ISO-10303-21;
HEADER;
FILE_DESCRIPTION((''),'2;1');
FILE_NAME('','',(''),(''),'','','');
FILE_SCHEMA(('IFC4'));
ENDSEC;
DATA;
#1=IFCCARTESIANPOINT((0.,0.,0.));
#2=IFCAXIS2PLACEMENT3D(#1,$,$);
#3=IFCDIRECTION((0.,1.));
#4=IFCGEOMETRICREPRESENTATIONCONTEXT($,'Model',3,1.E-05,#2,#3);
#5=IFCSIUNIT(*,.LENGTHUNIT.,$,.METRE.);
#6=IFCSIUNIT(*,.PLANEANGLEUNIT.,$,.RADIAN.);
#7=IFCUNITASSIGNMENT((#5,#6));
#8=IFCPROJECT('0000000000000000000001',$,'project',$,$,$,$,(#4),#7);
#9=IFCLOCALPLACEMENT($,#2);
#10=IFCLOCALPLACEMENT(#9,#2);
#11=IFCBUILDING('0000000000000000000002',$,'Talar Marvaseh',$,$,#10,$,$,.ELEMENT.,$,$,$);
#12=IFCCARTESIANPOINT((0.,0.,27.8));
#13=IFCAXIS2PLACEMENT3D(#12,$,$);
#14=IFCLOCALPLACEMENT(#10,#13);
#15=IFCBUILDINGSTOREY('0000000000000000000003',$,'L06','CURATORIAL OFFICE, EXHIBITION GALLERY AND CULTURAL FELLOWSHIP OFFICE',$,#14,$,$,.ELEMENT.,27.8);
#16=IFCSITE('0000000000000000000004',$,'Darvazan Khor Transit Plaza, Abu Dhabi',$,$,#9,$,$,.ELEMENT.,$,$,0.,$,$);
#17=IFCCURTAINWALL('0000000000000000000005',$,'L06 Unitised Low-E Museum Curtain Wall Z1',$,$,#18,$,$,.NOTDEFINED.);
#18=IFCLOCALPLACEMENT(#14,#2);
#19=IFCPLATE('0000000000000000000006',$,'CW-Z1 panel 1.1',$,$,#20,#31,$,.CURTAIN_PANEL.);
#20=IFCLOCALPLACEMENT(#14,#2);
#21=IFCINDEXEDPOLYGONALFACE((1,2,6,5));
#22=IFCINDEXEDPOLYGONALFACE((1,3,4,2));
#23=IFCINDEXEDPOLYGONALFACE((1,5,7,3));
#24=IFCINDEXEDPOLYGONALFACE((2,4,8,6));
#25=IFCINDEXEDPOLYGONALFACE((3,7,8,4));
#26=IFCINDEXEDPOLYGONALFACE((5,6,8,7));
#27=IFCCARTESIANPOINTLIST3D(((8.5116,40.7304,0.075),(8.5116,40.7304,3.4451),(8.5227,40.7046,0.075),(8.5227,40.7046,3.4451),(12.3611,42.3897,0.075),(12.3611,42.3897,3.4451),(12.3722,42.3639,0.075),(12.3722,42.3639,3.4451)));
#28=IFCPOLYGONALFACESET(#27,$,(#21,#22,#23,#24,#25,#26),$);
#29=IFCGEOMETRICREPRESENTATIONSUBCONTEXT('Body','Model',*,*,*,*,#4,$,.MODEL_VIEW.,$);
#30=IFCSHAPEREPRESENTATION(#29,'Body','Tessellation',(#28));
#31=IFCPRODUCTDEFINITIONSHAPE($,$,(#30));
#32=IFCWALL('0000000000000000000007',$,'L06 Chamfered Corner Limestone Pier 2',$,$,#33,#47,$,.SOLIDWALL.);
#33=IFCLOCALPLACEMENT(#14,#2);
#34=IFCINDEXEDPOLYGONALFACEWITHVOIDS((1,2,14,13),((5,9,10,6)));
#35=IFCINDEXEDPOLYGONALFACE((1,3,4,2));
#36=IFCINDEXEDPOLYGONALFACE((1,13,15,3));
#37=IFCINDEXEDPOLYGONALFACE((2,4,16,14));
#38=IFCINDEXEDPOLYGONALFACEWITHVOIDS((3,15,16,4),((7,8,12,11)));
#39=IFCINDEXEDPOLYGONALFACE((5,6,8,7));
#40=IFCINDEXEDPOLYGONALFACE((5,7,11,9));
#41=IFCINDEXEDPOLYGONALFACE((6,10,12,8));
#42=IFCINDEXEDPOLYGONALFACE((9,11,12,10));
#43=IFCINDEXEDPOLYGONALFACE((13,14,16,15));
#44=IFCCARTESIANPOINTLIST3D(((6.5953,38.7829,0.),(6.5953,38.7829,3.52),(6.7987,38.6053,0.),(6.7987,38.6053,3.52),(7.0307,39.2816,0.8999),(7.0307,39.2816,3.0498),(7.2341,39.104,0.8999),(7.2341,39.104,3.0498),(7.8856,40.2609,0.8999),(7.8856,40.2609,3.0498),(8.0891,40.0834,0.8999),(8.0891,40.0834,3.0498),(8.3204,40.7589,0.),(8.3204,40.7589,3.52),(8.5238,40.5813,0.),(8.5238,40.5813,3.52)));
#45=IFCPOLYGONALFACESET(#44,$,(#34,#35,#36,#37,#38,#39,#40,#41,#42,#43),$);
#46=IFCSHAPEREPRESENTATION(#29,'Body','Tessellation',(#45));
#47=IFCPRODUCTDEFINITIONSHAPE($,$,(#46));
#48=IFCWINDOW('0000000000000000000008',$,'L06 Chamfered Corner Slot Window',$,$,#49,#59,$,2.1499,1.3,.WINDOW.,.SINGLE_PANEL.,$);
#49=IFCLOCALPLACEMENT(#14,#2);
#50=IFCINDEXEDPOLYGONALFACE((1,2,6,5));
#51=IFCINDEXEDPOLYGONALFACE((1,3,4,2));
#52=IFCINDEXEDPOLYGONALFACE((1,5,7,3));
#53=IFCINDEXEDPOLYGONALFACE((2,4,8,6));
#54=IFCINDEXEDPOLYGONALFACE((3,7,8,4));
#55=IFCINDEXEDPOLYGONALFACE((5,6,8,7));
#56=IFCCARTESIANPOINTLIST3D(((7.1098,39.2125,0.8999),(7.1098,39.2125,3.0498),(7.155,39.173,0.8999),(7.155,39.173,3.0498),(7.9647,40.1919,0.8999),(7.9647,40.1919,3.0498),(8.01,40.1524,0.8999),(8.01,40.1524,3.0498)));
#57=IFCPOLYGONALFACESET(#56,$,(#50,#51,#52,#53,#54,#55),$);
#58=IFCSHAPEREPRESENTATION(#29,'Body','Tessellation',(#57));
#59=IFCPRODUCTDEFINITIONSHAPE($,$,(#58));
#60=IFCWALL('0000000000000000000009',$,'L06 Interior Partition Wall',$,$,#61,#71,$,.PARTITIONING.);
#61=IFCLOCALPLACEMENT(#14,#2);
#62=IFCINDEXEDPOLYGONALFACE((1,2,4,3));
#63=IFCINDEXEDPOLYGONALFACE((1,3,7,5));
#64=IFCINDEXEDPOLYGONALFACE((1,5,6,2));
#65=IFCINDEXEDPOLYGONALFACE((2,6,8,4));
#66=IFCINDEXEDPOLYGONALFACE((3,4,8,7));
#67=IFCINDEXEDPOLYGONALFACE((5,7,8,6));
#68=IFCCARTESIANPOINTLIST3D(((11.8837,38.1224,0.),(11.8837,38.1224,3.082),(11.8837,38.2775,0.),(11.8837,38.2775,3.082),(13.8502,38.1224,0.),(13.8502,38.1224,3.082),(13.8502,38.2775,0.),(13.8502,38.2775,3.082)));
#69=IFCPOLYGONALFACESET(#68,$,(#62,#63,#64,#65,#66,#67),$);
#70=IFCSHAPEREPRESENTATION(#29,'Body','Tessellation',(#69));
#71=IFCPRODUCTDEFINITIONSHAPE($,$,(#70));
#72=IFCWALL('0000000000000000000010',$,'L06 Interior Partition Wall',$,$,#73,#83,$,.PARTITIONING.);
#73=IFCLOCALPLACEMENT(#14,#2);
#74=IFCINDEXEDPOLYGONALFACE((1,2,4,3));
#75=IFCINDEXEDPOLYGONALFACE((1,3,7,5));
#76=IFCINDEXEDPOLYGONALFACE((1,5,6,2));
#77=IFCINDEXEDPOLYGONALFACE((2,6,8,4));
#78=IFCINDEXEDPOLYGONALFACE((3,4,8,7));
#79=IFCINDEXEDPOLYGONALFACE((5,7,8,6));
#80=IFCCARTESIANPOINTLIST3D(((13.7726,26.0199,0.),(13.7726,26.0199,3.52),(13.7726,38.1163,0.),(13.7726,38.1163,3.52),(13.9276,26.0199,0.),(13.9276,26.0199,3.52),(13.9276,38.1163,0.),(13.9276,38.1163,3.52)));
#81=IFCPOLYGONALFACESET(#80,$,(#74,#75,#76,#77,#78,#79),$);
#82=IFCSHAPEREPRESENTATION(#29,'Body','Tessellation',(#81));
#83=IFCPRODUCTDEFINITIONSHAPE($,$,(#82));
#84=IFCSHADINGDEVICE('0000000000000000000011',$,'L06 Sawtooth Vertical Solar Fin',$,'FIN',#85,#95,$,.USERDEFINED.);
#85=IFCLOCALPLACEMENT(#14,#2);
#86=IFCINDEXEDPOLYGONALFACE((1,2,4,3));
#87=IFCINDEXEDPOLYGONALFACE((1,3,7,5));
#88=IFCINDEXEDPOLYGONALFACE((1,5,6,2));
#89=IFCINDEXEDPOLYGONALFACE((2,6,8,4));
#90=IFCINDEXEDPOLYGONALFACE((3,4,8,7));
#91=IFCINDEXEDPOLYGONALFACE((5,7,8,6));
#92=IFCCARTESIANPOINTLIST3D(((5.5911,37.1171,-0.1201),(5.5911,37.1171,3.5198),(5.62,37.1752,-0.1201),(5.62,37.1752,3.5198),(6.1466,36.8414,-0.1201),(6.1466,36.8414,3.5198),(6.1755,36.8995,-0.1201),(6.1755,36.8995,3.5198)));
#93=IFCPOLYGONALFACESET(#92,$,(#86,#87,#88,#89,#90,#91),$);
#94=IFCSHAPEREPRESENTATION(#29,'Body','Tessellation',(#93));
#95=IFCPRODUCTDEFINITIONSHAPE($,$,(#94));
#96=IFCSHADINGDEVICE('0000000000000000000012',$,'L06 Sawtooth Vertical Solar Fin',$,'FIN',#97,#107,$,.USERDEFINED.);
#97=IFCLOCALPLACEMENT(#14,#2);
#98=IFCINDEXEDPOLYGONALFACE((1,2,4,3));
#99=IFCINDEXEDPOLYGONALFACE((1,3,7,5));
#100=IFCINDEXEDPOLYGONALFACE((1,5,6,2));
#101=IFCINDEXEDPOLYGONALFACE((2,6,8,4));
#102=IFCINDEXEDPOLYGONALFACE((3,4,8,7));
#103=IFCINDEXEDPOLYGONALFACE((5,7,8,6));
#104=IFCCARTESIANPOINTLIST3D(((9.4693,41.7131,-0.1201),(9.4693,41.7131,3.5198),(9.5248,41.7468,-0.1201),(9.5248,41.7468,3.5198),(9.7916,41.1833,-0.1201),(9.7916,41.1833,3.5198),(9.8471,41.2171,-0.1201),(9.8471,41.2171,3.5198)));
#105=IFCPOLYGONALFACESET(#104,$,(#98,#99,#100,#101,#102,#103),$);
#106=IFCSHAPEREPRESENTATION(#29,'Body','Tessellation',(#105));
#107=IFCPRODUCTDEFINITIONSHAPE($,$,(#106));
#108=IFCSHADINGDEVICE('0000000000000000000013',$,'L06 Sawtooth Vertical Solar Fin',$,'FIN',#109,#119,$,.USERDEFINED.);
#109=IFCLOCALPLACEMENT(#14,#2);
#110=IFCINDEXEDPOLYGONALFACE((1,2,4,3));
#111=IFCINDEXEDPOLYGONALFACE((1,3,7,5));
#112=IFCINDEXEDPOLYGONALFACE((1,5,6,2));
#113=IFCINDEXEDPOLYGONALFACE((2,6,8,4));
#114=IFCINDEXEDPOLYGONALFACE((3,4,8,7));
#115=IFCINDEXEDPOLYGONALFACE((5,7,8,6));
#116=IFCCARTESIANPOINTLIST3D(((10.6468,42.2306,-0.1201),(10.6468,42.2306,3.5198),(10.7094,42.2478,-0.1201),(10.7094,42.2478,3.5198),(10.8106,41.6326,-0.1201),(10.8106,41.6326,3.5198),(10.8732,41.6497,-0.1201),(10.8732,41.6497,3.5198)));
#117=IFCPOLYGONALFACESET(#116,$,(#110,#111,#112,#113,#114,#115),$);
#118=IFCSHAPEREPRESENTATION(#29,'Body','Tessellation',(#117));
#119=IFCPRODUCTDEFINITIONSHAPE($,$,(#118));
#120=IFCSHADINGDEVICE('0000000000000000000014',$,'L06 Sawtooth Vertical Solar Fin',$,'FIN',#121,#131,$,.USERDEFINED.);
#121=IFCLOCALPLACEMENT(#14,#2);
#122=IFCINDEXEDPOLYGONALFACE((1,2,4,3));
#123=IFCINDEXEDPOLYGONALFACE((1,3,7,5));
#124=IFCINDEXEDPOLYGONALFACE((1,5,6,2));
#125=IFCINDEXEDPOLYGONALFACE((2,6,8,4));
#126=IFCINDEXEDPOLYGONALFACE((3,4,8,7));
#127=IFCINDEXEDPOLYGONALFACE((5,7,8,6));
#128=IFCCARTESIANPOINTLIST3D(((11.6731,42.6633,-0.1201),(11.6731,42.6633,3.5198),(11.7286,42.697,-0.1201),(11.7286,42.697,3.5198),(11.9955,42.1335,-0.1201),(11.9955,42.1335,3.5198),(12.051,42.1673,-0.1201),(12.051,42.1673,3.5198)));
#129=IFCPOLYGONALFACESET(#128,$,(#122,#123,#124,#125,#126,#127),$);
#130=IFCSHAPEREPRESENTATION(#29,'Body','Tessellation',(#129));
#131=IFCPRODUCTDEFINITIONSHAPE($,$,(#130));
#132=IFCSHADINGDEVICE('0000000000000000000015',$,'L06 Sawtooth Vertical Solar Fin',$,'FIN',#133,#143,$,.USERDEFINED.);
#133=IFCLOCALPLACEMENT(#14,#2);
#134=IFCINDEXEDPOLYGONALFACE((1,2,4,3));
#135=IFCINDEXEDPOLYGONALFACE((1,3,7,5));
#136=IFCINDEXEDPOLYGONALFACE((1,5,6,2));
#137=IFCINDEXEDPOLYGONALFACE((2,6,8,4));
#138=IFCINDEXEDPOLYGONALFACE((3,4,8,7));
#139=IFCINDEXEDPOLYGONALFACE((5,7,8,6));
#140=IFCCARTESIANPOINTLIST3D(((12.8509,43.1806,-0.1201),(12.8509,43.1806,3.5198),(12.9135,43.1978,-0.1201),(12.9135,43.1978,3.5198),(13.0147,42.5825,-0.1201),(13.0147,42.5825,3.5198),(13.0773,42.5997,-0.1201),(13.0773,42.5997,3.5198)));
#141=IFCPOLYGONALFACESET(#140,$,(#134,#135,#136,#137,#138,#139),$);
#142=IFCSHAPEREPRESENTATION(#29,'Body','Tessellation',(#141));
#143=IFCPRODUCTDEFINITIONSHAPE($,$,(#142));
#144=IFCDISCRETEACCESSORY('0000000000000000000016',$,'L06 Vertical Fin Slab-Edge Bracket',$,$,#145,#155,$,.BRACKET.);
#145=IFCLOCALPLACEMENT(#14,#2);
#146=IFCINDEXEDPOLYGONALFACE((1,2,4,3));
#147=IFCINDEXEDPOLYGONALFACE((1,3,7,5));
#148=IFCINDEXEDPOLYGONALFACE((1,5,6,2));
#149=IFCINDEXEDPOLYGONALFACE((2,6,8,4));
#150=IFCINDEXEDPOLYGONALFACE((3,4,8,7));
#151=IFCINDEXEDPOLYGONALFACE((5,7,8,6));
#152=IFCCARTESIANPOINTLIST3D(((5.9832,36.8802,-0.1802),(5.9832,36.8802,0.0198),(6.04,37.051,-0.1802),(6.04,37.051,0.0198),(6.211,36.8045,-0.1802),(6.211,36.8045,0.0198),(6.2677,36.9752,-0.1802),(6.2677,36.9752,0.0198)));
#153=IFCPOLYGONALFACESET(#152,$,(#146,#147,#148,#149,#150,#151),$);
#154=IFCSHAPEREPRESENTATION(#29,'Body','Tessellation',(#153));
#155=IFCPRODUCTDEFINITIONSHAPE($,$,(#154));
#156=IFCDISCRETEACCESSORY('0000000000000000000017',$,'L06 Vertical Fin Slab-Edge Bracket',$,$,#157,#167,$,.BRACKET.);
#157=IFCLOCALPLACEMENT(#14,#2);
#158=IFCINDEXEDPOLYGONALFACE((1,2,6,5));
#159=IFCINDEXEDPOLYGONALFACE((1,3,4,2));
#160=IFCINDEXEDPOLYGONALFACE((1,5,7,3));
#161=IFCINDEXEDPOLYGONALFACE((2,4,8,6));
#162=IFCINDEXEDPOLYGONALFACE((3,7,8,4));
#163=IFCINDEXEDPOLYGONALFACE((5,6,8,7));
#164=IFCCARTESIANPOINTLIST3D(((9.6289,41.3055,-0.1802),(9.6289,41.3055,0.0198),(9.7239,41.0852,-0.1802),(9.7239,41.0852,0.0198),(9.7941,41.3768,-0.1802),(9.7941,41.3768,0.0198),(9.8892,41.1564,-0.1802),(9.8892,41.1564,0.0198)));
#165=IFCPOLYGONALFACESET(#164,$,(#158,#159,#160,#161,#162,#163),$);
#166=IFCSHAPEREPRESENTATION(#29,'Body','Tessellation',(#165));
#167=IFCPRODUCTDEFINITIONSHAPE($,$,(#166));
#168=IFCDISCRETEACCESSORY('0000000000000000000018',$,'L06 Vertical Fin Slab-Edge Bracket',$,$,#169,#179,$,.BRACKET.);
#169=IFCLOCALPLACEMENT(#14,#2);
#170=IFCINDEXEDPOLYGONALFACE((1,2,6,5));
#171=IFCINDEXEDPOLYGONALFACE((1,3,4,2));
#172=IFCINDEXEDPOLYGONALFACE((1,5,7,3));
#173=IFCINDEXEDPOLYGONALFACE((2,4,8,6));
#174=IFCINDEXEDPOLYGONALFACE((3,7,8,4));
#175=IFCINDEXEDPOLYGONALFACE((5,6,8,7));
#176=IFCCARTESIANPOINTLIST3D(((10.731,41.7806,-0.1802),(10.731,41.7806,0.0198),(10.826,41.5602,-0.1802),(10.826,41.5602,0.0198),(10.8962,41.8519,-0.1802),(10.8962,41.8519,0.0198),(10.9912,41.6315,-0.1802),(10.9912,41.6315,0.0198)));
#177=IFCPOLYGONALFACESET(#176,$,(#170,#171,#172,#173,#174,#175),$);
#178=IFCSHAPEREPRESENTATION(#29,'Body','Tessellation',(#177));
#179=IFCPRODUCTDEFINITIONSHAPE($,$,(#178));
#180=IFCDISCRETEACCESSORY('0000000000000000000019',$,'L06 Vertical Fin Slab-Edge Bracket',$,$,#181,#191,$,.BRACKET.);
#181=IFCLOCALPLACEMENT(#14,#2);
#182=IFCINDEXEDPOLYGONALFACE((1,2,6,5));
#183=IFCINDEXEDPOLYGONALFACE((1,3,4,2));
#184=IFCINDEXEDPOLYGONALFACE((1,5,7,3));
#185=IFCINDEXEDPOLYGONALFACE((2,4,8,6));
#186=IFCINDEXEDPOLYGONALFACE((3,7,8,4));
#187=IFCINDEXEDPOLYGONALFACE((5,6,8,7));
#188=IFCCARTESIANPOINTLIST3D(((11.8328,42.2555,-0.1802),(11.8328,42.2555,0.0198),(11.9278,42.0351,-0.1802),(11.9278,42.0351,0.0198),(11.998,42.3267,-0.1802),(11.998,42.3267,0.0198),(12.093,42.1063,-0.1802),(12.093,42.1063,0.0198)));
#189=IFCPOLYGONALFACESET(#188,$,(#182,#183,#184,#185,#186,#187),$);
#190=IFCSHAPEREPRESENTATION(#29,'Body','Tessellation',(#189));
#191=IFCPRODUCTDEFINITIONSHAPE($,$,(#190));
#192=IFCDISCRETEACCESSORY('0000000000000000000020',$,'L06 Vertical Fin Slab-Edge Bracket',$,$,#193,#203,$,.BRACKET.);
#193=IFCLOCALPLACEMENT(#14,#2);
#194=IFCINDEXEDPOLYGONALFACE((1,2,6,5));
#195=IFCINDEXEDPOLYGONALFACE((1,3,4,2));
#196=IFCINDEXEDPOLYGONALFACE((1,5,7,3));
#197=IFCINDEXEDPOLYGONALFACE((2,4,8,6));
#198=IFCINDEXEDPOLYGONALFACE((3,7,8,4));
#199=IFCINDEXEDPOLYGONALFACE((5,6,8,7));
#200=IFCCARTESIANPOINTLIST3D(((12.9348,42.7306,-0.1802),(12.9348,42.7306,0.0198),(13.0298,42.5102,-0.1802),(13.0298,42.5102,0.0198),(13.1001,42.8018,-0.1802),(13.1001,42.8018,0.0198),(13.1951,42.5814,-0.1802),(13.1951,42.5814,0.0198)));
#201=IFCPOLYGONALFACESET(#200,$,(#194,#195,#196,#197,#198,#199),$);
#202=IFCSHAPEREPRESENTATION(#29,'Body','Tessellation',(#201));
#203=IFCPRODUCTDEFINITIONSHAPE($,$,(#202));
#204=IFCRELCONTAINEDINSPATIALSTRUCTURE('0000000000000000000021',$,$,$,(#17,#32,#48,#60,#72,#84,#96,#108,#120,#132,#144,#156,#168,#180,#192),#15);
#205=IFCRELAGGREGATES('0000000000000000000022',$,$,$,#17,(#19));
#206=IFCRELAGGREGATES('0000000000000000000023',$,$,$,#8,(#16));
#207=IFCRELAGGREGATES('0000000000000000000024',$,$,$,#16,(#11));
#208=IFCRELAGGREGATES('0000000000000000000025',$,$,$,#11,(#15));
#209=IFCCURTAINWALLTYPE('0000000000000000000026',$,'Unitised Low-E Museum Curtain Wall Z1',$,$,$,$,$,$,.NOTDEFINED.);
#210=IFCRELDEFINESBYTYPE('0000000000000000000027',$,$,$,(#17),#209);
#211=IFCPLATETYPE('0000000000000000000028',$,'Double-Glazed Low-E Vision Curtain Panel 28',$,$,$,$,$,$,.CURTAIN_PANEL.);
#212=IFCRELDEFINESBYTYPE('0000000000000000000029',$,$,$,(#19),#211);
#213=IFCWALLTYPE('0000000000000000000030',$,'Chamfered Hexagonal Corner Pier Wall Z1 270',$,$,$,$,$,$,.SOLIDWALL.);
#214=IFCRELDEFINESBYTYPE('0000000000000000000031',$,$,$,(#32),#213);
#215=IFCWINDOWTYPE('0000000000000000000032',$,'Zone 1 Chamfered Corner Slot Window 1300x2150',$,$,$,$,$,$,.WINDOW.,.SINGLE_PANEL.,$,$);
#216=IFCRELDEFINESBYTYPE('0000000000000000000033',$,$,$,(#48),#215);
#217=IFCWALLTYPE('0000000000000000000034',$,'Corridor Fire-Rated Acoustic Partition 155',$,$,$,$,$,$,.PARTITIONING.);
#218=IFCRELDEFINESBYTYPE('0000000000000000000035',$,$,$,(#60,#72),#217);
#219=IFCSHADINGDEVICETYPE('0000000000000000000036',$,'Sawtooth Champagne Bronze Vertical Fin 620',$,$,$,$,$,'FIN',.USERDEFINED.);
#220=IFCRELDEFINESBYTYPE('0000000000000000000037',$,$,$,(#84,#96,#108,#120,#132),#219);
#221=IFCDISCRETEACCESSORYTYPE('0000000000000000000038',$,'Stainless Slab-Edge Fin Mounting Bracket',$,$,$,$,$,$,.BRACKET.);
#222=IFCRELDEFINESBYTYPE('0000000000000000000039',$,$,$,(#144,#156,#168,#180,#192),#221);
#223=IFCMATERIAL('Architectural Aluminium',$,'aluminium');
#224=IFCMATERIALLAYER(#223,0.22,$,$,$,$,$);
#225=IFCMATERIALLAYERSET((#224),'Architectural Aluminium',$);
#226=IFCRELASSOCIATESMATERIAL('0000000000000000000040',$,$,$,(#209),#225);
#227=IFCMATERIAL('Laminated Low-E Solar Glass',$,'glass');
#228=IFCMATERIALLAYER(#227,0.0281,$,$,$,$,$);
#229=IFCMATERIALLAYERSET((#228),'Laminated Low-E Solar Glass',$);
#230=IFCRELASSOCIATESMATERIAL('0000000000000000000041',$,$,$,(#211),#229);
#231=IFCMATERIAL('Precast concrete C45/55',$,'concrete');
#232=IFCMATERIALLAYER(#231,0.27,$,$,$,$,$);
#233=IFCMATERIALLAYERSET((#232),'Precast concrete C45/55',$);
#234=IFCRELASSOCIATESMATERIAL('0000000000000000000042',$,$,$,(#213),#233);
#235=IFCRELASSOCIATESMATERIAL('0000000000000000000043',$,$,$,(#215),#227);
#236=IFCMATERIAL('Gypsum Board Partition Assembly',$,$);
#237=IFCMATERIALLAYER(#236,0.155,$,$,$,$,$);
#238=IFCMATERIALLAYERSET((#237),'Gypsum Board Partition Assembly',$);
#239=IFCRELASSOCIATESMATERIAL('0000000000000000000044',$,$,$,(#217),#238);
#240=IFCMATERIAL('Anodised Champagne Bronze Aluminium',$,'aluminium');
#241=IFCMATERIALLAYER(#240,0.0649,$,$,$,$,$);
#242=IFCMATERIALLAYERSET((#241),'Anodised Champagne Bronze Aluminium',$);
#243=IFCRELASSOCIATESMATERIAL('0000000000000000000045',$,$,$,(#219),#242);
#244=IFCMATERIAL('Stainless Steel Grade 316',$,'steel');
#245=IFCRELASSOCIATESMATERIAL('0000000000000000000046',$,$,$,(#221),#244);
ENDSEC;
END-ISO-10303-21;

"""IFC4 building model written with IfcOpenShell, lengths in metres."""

from ifc_helpers import new_model, si_unit, direction, frame, frame_2d, origin, origin_2d, place, context, subcontext, project, spatial, rectangle, extrude, source, transform, mapped, material, layer, layer_set, type_object, type_shapes, element, fill, aggregate, save


model = new_model("IFC4")

# Units and contexts
model_context = context("Model", 3, precision=1e-05, world=origin(), true_north=direction((0.0, 1.0)))
body_context = subcontext(model_context, "Body", "Model", "MODEL_VIEW")
ifc_project = project(units=[si_unit("LENGTHUNIT", "METRE"), si_unit("PLANEANGLEUNIT", "RADIAN")], contexts=[model_context])

# Site, building, storey
site_placement = place(None, origin())
site = spatial("IfcSite", under=ifc_project, at=site_placement, Name="Darvazan Khor Transit Plaza, Abu Dhabi", CompositionType="ELEMENT", RefElevation=0.0)
building_placement = place(site_placement, origin())
building = spatial("IfcBuilding", under=site, at=building_placement, Name="Talar Marvaseh", CompositionType="ELEMENT")
storey_placement = place(building_placement, frame((0.0, 0.0, 27.8)))
storey = spatial("IfcBuildingStorey", under=building, at=storey_placement, Name="L06", Description="CURATORIAL OFFICE, EXHIBITION GALLERY AND CULTURAL FELLOWSHIP OFFICE", CompositionType="ELEMENT", Elevation=27.8)

# Shared definitions
ifc_material_1 = material(Name="Architectural Aluminium", Category="aluminium")
ifc_layer_1 = layer(ifc_material_1, 0.22)
ifc_layer_set_1 = layer_set([ifc_layer_1], Name="Architectural Aluminium")
curtain_wall_type = type_object("IfcCurtainWallType", Name="Unitised Low-E Museum Curtain Wall Z1", PredefinedType="NOTDEFINED", material=ifc_layer_set_1)

# Curtain wall, plate
curtain_wall_1_placement = place(storey_placement, origin())
curtain_wall_1 = element("IfcCurtainWall", 1, at=curtain_wall_1_placement, inside=storey, type_object=curtain_wall_type, Name="L06 Unitised Low-E Museum Curtain Wall Z1", PredefinedType="NOTDEFINED")
ifc_material_2 = material(Name="Laminated Low-E Solar Glass", Category="glass")
ifc_layer_2 = layer(ifc_material_2, 0.0281)
ifc_layer_set_2 = layer_set([ifc_layer_2], Name="Laminated Low-E Solar Glass")
plate_type = type_object("IfcPlateType", Name="Double-Glazed Low-E Vision Curtain Panel 28", PredefinedType="CURTAIN_PANEL", material=ifc_layer_set_2)
shared_shape_1 = source(origin(), body_context, "Body", "SweptSolid", [
    extrude(rectangle(XDim=4.1919, YDim=0.0281, at=origin_2d()), origin(), (0.0, 0.0, 1.0), 3.3701),
])
type_shapes(plate_type, [shared_shape_1])
plate_placement = place(storey_placement, frame((10.4419, 41.5471, 0.075), z_axis=(0.0, 0.0, 1.0), x_axis=(0.918323, 0.395831, 0.0)))
plate = element("IfcPlate", 2, at=plate_placement, type_object=plate_type, Name="CW-Z1 panel 1.1", PredefinedType="CURTAIN_PANEL", context=body_context, shape_type="MappedRepresentation", body=[
    mapped(shared_shape_1, transform((0.0, 0.0, 0.0), x_axis=(1.0, 0.0, 0.0), y_axis=(0.0, 1.0, 0.0), z_axis=(0.0, 0.0, 1.0), scale=1.0)),
])
aggregate(curtain_wall_1, [plate])

# Wall, opening, window
ifc_material_3 = material(Name="Precast concrete C45/55", Category="concrete")
ifc_layer_3 = layer(ifc_material_3, 0.27)
ifc_layer_set_3 = layer_set([ifc_layer_3], Name="Precast concrete C45/55")
wall_type_1 = type_object("IfcWallType", Name="Chamfered Hexagonal Corner Pier Wall Z1 270", PredefinedType="SOLIDWALL", material=ifc_layer_set_3)
wall_1_placement = place(storey_placement, frame((6.697, 38.6941, 0.0), z_axis=(0.0, 0.0, 1.0), x_axis=(0.657648, 0.753326, 0.0)))
wall_1 = element("IfcWall", 3, at=wall_1_placement, inside=storey, type_object=wall_type_1, Name="L06 Chamfered Corner Limestone Pier 2", PredefinedType="SOLIDWALL", context=body_context, shape_type="SweptSolid", body=[
    extrude(rectangle(XDim=2.623, YDim=0.27, at=frame_2d((1.3115, 0.0))), origin(), (0.0, 0.0, 1.0), 3.52),
])
opening_placement = place(wall_1_placement, frame((0.6621, 0.0, 0.8999)))
opening = element("IfcOpeningElement", 4, at=opening_placement, cuts=wall_1, PredefinedType="OPENING", context=body_context, shape_type="SweptSolid", body=[
    extrude(rectangle(XDim=1.3, YDim=2.1499, at=frame_2d((0.6499, 1.075))), frame((0.0, 0.145, 0.0), z_axis=(0.0, -1.0, 0.0), x_axis=(1.0, 0.0, 0.0)), (0.0, 0.0, 1.0), 0.29),
])
window_type = type_object("IfcWindowType", Name="Zone 1 Chamfered Corner Slot Window 1300x2150", PartitioningType="SINGLE_PANEL", PredefinedType="WINDOW", material=ifc_material_2)
shared_shape_2 = source(origin(), body_context, "Body", "SweptSolid", [
    extrude(rectangle(XDim=1.3, YDim=2.1499, at=frame_2d((0.6499, 1.075))), frame((0.0, 0.03, 0.0), z_axis=(0.0, -1.0, 0.0), x_axis=(1.0, 0.0, 0.0)), (0.0, 0.0, 1.0), 0.0601),
])
type_shapes(window_type, [shared_shape_2])
window_placement = place(opening_placement, origin())
window = element("IfcWindow", 5, at=window_placement, inside=storey, type_object=window_type, Name="L06 Chamfered Corner Slot Window", OverallHeight=2.1499, OverallWidth=1.3, PartitioningType="SINGLE_PANEL", PredefinedType="WINDOW", context=body_context, shape_type="MappedRepresentation", body=[
    mapped(shared_shape_2, transform((0.0, 0.0, 0.0), x_axis=(1.0, 0.0, 0.0), y_axis=(0.0, 1.0, 0.0), z_axis=(0.0, 0.0, 1.0), scale=1.0)),
])
fill(opening, window)

# Walls
ifc_material_4 = material(Name="Gypsum Board Partition Assembly")
ifc_layer_4 = layer(ifc_material_4, 0.155)
ifc_layer_set_4 = layer_set([ifc_layer_4], Name="Gypsum Board Partition Assembly")
wall_type_2 = type_object("IfcWallType", Name="Corridor Fire-Rated Acoustic Partition 155", PredefinedType="PARTITIONING", material=ifc_layer_set_4)
wall_2_placement = place(storey_placement, frame((11.8835, 38.2, 0.0), z_axis=(0.0, 0.0, 1.0), x_axis=(1.0, 0.0, 0.0)))
element("IfcWall", 6, at=wall_2_placement, inside=storey, type_object=wall_type_2, Name="L06 Interior Partition Wall", PredefinedType="PARTITIONING", context=body_context, shape_type="SweptSolid", body=[
    extrude(rectangle(XDim=1.9666, YDim=0.155, at=frame_2d((0.9834, 0.0))), origin(), (0.0, 0.0, 1.0), 3.082),
])
wall_3_placement = place(storey_placement, frame((13.8501, 38.1165, 0.0), z_axis=(0.0, 0.0, 1.0), x_axis=(0.0, -1.0, 0.0)))
element("IfcWall", 7, at=wall_3_placement, inside=storey, type_object=wall_type_2, Name="L06 Interior Partition Wall", PredefinedType="PARTITIONING", context=body_context, shape_type="SweptSolid", body=[
    extrude(rectangle(XDim=12.0964, YDim=0.155, at=frame_2d((6.0483, 0.0))), origin(), (0.0, 0.0, 1.0), 3.52),
])

# Shading devices
ifc_material_5 = material(Name="Anodised Champagne Bronze Aluminium", Category="aluminium")
ifc_layer_5 = layer(ifc_material_5, 0.0649)
ifc_layer_set_5 = layer_set([ifc_layer_5], Name="Anodised Champagne Bronze Aluminium")
shading_device_type = type_object("IfcShadingDeviceType", Name="Sawtooth Champagne Bronze Vertical Fin 620", ElementType="FIN", PredefinedType="USERDEFINED", material=ifc_layer_set_5)
shared_shape_3 = source(origin(), body_context, "Body", "SweptSolid", [
    extrude(rectangle(XDim=0.6201, YDim=0.0649, at=origin_2d()), origin(), (0.0, 0.0, 1.0), 3.6399),
])
type_shapes(shading_device_type, [shared_shape_3])
for number, where, z_axis, x_axis, name in (
    (8, (5.8833, 37.0083, -0.1201), (0.0, 0.0, 1.0), (-0.895712, 0.444635, 0.0), "L06 Sawtooth Vertical Solar Fin"),
    (9, (9.6582, 41.4651, -0.1201), (0.0, 0.0, 1.0), (-0.519817, 0.854277, 0.0), "L06 Sawtooth Vertical Solar Fin"),
    (10, (10.76, 41.9402, -0.1201), (0.0, 0.0, 1.0), (-0.26421, 0.964465, 0.0), "L06 Sawtooth Vertical Solar Fin"),
    (11, (11.8621, 42.4153, -0.1201), (0.0, 0.0, 1.0), (-0.519817, 0.854277, 0.0), "L06 Sawtooth Vertical Solar Fin"),
    (12, (12.9641, 42.8901, -0.1201), (0.0, 0.0, 1.0), (-0.26421, 0.964465, 0.0), "L06 Sawtooth Vertical Solar Fin"),
):
    element("IfcShadingDevice", number, at=place(storey_placement, frame(where, z_axis=z_axis, x_axis=x_axis)), inside=storey, type_object=shading_device_type, Name=name, ObjectType="FIN", PredefinedType="USERDEFINED", context=body_context, shape_type="MappedRepresentation", body=[
        mapped(shared_shape_3, transform((0.0, 0.0, 0.0), x_axis=(1.0, 0.0, 0.0), y_axis=(0.0, 1.0, 0.0), z_axis=(0.0, 0.0, 1.0), scale=1.0)),
    ])

# Discrete accessories
ifc_material_6 = material(Name="Stainless Steel Grade 316", Category="steel")
discrete_accessory_type = type_object("IfcDiscreteAccessoryType", Name="Stainless Slab-Edge Fin Mounting Bracket", PredefinedType="BRACKET", material=ifc_material_6)
shared_shape_4 = source(origin(), body_context, "Body", "SweptSolid", [
    extrude(rectangle(XDim=0.24, YDim=0.1799, at=origin_2d()), origin(), (0.0, 0.0, 1.0), 0.2),
])
type_shapes(discrete_accessory_type, [shared_shape_4])
for number, where, z_axis, x_axis, name in (
    (13, (6.1255, 36.9277, -0.1802), (0.0, 0.0, 1.0), (-0.948876, 0.315649, 0.0), "L06 Vertical Fin Slab-Edge Bracket"),
    (14, (9.759, 41.231, -0.1802), (0.0, 0.0, 1.0), (-0.395866, 0.918308, 0.0), "L06 Vertical Fin Slab-Edge Bracket"),
    (15, (10.8611, 41.7061, -0.1802), (0.0, 0.0, 1.0), (-0.395866, 0.918308, 0.0), "L06 Vertical Fin Slab-Edge Bracket"),
    (16, (11.9629, 42.1809, -0.1802), (0.0, 0.0, 1.0), (-0.395866, 0.918308, 0.0), "L06 Vertical Fin Slab-Edge Bracket"),
    (17, (13.0649, 42.656, -0.1802), (0.0, 0.0, 1.0), (-0.395866, 0.918308, 0.0), "L06 Vertical Fin Slab-Edge Bracket"),
):
    element("IfcDiscreteAccessory", number, at=place(storey_placement, frame(where, z_axis=z_axis, x_axis=x_axis)), inside=storey, type_object=discrete_accessory_type, Name=name, PredefinedType="BRACKET", context=body_context, shape_type="MappedRepresentation", body=[
        mapped(shared_shape_4, transform((0.0, 0.0, 0.0), x_axis=(1.0, 0.0, 0.0), y_axis=(0.0, 1.0, 0.0), z_axis=(0.0, 0.0, 1.0), scale=1.0)),
    ])

save(model, "model.ifc")
